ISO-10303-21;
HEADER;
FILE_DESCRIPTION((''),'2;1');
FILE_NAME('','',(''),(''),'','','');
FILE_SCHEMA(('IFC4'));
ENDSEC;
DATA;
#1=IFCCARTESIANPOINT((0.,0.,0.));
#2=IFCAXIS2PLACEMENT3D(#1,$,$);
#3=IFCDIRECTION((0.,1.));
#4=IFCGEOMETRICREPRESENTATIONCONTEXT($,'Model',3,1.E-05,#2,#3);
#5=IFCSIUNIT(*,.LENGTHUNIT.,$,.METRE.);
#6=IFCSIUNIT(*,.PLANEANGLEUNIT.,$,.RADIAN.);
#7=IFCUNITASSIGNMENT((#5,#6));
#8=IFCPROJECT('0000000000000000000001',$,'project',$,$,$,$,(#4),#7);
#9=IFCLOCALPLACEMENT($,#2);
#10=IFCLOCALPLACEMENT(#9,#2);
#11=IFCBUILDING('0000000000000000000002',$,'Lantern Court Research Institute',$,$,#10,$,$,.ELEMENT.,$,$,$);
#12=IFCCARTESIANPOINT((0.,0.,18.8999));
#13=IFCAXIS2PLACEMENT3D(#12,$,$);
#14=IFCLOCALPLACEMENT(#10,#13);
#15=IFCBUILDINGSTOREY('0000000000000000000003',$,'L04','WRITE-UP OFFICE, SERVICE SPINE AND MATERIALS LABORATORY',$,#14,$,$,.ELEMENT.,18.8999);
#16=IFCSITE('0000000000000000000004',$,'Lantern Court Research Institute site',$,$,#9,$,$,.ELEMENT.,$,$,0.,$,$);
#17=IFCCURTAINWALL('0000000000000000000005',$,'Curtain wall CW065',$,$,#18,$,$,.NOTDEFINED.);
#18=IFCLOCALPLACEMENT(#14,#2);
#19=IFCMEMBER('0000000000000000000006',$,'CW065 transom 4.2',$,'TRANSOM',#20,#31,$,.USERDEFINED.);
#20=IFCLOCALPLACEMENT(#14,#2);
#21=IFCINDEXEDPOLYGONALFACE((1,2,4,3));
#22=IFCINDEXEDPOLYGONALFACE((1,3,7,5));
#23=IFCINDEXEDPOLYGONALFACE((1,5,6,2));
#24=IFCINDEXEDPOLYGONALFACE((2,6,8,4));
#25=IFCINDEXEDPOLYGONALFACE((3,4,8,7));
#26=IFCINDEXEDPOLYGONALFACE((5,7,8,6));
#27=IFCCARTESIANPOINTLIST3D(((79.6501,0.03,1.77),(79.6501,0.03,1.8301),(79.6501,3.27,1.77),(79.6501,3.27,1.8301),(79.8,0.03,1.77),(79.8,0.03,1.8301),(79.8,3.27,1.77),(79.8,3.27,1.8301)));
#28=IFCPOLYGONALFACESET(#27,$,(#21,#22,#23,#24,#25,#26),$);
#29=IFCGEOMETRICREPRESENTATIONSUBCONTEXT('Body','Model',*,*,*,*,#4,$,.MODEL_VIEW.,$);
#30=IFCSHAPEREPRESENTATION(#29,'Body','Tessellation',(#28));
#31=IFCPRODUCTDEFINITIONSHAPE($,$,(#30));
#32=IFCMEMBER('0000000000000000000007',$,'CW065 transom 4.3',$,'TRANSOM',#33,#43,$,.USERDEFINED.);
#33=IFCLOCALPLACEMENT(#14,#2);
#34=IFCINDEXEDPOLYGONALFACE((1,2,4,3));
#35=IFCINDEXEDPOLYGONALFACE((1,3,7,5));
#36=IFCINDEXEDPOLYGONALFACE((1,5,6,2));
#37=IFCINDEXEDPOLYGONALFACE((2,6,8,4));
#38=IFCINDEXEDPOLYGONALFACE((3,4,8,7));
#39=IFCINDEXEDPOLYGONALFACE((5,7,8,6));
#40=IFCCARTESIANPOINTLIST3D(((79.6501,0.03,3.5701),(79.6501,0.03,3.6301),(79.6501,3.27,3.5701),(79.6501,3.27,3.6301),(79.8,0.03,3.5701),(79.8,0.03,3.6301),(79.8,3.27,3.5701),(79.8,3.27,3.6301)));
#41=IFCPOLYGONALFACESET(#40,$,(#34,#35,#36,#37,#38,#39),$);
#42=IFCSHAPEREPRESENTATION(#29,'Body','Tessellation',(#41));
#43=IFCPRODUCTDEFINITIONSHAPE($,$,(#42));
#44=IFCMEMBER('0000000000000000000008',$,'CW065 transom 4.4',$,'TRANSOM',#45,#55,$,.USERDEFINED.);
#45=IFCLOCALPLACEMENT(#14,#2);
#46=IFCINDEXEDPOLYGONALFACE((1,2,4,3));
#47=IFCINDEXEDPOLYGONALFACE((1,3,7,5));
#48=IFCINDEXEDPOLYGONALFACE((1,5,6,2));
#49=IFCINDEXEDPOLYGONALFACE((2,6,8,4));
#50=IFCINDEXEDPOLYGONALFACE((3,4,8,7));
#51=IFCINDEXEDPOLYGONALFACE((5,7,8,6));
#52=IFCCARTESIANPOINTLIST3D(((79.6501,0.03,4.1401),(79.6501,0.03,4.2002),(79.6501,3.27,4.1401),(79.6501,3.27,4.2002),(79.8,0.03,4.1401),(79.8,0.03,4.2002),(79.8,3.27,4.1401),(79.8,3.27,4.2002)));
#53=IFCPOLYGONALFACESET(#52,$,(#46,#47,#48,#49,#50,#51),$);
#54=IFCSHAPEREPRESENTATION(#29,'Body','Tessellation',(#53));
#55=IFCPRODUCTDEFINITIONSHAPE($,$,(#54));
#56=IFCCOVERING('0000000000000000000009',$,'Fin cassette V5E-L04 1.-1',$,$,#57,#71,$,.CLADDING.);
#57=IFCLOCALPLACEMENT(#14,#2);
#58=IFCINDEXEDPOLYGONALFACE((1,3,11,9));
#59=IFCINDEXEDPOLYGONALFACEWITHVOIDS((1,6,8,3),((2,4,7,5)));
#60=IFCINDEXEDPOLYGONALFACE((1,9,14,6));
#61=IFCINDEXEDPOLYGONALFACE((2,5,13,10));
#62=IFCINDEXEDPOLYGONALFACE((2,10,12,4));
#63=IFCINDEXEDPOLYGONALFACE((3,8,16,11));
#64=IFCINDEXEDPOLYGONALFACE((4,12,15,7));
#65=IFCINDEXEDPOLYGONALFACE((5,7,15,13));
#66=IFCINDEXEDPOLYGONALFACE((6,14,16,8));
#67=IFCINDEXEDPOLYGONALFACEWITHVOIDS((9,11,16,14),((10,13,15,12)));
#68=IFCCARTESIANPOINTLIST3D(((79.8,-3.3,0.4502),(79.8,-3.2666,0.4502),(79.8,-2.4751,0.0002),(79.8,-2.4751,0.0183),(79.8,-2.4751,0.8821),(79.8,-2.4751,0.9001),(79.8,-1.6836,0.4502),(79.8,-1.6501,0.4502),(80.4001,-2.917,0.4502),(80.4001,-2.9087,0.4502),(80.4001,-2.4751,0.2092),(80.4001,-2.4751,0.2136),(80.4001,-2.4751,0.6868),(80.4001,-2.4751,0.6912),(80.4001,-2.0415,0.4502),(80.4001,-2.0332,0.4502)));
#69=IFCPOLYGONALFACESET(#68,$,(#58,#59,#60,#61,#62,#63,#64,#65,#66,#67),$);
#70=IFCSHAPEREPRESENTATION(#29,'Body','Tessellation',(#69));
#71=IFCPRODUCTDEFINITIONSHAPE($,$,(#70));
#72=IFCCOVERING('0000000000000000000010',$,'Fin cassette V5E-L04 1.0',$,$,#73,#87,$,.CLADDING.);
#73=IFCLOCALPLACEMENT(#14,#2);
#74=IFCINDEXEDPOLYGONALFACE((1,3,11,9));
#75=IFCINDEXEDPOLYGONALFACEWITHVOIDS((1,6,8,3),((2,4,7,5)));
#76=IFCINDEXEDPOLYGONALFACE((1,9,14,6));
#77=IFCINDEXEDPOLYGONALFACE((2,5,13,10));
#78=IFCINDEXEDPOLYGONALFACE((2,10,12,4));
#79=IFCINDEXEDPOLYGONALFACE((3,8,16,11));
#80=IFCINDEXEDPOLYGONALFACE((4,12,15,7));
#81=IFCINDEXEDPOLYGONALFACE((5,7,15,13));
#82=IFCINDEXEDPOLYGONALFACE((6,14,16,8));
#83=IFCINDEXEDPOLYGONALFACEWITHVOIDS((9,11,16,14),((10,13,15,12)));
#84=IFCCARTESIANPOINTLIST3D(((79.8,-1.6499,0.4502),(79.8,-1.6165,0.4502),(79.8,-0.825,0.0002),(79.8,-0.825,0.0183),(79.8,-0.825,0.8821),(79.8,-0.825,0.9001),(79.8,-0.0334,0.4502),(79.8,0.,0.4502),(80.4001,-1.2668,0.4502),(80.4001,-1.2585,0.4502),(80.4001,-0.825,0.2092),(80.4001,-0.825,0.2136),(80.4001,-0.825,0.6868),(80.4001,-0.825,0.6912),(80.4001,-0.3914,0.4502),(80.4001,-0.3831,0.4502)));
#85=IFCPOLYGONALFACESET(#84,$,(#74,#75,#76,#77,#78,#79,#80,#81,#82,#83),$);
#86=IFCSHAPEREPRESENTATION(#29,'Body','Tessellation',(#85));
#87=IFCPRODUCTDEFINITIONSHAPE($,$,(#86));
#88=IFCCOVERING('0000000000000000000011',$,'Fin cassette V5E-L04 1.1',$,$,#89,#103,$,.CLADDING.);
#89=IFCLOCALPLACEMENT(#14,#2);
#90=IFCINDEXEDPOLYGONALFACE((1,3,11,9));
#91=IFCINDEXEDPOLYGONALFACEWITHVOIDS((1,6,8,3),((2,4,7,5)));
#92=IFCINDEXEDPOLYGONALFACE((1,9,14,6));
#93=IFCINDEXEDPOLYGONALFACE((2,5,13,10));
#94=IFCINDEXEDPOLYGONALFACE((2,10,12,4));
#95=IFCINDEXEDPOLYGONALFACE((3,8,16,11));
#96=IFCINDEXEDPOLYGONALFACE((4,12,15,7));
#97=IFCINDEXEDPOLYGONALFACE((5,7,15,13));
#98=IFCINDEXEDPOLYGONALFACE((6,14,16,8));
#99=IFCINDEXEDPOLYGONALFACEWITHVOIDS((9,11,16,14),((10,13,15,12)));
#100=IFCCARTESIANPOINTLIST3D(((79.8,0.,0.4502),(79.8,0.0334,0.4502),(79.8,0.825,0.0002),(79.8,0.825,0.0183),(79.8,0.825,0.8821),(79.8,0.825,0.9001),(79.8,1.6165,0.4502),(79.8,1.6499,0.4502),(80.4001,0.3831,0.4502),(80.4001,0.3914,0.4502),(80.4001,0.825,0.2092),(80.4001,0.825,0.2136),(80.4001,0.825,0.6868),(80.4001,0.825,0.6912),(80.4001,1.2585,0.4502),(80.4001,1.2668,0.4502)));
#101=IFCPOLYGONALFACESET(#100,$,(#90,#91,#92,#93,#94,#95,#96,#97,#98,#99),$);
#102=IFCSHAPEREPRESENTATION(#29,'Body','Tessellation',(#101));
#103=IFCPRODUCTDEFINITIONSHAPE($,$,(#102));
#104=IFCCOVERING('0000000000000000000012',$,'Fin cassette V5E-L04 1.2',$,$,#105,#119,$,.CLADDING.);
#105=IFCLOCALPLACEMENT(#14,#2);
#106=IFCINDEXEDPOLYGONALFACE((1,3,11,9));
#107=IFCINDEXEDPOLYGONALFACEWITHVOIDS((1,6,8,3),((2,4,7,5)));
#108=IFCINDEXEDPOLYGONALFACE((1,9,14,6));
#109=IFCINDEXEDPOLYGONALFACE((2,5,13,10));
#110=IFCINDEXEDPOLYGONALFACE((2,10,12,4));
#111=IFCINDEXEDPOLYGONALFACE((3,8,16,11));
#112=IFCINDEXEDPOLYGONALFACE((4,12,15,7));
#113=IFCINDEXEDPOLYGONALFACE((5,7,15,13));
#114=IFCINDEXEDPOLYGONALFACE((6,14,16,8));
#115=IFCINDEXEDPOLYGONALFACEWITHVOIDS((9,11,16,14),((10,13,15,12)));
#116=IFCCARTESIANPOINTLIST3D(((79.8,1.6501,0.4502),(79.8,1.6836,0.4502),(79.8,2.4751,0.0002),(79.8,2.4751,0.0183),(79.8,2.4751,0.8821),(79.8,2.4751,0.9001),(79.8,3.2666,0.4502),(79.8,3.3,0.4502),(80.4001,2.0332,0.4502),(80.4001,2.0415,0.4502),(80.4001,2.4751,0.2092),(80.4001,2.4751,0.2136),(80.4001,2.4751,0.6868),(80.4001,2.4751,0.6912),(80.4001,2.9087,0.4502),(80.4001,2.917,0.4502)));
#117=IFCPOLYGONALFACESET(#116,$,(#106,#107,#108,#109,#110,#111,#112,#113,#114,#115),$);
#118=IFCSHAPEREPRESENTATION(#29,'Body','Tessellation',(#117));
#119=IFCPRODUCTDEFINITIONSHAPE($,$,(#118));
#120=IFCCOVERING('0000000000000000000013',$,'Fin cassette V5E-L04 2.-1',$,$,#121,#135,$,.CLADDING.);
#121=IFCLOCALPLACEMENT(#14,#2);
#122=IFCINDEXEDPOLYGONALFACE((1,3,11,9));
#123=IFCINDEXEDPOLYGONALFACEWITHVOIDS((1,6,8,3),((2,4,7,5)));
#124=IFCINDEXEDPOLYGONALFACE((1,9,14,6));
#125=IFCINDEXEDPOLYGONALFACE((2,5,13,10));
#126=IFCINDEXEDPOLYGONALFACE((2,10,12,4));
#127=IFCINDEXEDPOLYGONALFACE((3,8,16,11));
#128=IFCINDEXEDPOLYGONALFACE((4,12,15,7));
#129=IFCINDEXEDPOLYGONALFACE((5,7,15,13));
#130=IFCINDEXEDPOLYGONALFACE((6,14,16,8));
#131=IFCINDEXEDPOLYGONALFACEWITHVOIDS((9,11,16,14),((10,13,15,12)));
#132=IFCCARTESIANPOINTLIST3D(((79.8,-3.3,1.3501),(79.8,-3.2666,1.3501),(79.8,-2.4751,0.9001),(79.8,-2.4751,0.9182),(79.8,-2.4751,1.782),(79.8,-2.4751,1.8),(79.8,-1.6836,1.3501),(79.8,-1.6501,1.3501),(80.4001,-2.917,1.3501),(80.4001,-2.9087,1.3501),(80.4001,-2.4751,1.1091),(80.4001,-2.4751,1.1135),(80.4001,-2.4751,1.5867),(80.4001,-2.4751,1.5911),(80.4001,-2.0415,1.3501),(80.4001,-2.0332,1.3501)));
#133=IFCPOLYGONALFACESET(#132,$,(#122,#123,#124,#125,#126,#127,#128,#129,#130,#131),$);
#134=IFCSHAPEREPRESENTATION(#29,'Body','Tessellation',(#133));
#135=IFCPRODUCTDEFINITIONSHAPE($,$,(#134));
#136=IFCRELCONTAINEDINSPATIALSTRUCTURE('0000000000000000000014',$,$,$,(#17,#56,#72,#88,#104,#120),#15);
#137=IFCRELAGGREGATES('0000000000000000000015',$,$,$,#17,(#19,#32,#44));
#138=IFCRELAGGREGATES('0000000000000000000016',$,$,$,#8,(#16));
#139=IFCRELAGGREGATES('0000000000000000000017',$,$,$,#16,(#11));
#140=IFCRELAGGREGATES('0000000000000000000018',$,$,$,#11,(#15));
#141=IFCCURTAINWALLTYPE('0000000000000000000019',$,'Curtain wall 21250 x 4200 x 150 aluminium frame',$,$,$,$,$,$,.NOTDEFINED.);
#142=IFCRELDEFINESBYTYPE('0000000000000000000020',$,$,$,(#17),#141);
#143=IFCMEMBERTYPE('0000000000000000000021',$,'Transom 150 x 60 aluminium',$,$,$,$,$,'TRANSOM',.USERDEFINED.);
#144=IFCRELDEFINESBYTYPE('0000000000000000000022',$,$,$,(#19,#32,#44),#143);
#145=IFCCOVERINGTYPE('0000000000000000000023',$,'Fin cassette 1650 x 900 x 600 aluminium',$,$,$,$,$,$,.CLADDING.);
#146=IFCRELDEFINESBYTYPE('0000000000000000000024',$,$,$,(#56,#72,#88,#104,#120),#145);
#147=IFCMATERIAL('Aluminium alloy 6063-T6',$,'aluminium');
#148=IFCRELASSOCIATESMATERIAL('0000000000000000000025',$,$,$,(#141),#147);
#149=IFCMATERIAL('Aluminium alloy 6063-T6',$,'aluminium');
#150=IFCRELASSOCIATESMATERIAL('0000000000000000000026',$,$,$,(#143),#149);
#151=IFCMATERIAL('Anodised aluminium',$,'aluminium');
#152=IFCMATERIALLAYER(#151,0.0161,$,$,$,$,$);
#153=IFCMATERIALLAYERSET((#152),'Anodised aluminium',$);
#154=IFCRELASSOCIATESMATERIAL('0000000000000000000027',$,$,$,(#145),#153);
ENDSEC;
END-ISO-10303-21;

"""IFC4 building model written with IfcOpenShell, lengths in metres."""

from ifc_helpers import new_model, entity, si_unit, direction, frame, origin, origin_2d, place, context, subcontext, project, spatial, rectangle, extrude, material, layer, layer_set, material_profile, profile_set, type_object, element, aggregate, save


model = new_model("IFC4")

# Units and contexts
model_context = context("Model", 3, precision=1e-05, world=origin(), true_north=direction((0.0, 1.0)))
body_context = subcontext(model_context, "Body", "Model", "MODEL_VIEW")
ifc_project = project(units=[si_unit("LENGTHUNIT", "METRE"), si_unit("PLANEANGLEUNIT", "RADIAN")], contexts=[model_context])

# Site, building, storey
site_placement = place(None, origin())
site = spatial("IfcSite", under=ifc_project, at=site_placement, Name="Lantern Court Research Institute site", CompositionType="ELEMENT", RefElevation=0.0)
building_placement = place(site_placement, origin())
building = spatial("IfcBuilding", under=site, at=building_placement, Name="Lantern Court Research Institute", CompositionType="ELEMENT")
storey_placement = place(building_placement, frame((0.0, 0.0, 18.8999)))
storey = spatial("IfcBuildingStorey", under=building, at=storey_placement, Name="L04", Description="WRITE-UP OFFICE, SERVICE SPINE AND MATERIALS LABORATORY", CompositionType="ELEMENT", Elevation=18.8999)

# Curtain wall, members
ifc_material_1 = material(Name="Aluminium alloy 6063-T6", Category="aluminium")
curtain_wall_type = type_object("IfcCurtainWallType", Name="Curtain wall 21250 x 4200 x 150 aluminium frame", PredefinedType="NOTDEFINED", material=ifc_material_1)
curtain_wall_placement = place(storey_placement, origin())
curtain_wall = element("IfcCurtainWall", 1, at=curtain_wall_placement, inside=storey, type_object=curtain_wall_type, Name="Curtain wall CW065", PredefinedType="NOTDEFINED")
ifc_material_2 = material(Name="Aluminium alloy 6063-T6", Category="aluminium")
ifc_material_profile = material_profile(ifc_material_2, rectangle(XDim=0.1499, YDim=0.0601, at=origin_2d()), Name="Transom 150 x 60")
ifc_profile_set = profile_set([ifc_material_profile], Name="Aluminium alloy 6063-T6")
member_type = type_object("IfcMemberType", Name="Transom 150 x 60 aluminium", ElementType="TRANSOM", PredefinedType="USERDEFINED", material=ifc_profile_set)
member_1_placement = place(storey_placement, frame((79.7251, 3.27, 1.8), z_axis=(0.0, -1.0, 0.0), x_axis=(1.0, 0.0, 0.0)))
member_1 = element("IfcMember", 2, at=member_1_placement, type_object=member_type, Name="CW065 transom 4.2", ObjectType="TRANSOM", PredefinedType="USERDEFINED", context=body_context, shape_type="SweptSolid", body=[
    extrude(rectangle(XDim=0.1499, YDim=0.0601, at=origin_2d()), origin(), (0.0, 0.0, 1.0), 3.24),
])
member_2_placement = place(storey_placement, frame((79.7251, 3.27, 3.6001), z_axis=(0.0, -1.0, 0.0), x_axis=(1.0, 0.0, 0.0)))
member_2 = element("IfcMember", 3, at=member_2_placement, type_object=member_type, Name="CW065 transom 4.3", ObjectType="TRANSOM", PredefinedType="USERDEFINED", context=body_context, shape_type="SweptSolid", body=[
    extrude(rectangle(XDim=0.1499, YDim=0.0601, at=origin_2d()), origin(), (0.0, 0.0, 1.0), 3.24),
])
member_3_placement = place(storey_placement, frame((79.7251, 3.27, 4.1702), z_axis=(0.0, -1.0, 0.0), x_axis=(1.0, 0.0, 0.0)))
member_3 = element("IfcMember", 4, at=member_3_placement, type_object=member_type, Name="CW065 transom 4.4", ObjectType="TRANSOM", PredefinedType="USERDEFINED", context=body_context, shape_type="SweptSolid", body=[
    extrude(rectangle(XDim=0.1499, YDim=0.0601, at=origin_2d()), origin(), (0.0, 0.0, 1.0), 3.24),
])
aggregate(curtain_wall, [member_1, member_2, member_3])

# Coverings
ifc_material_3 = material(Name="Anodised aluminium", Category="aluminium")
ifc_layer = layer(ifc_material_3, 0.0161)
ifc_layer_set = layer_set([ifc_layer], Name="Anodised aluminium")
covering_type = type_object("IfcCoveringType", Name="Fin cassette 1650 x 900 x 600 aluminium", PredefinedType="CLADDING", material=ifc_layer_set)
covering_1_placement = place(storey_placement, frame((79.8, -2.4751, 0.4502), z_axis=(1.0, 0.0, 0.0), x_axis=(0.0, 1.0, 0.0)))
cartesian_point_1 = entity("IfcCartesianPoint", [0.825, 0.0])
cartesian_point_2 = entity("IfcCartesianPoint", [0.7915, 0.0])
cartesian_point_3 = entity("IfcCartesianPoint", [0.4419, 0.0])
cartesian_point_4 = entity("IfcCartesianPoint", [0.4336, 0.0])
element("IfcCovering", 5, at=covering_1_placement, inside=storey, type_object=covering_type, Name="Fin cassette V5E-L04 1.-1", PredefinedType="CLADDING", context=body_context, shape_type="SweptSolid", body=[
    entity("IfcExtrudedAreaSolidTapered", entity("IfcArbitraryProfileDefWithVoids", "AREA", None, entity("IfcPolyline", [cartesian_point_1, entity("IfcCartesianPoint", [0.0, 0.45]), entity("IfcCartesianPoint", [-0.825, 0.0]), entity("IfcCartesianPoint", [0.0, -0.45]), cartesian_point_1]), [entity("IfcPolyline", [cartesian_point_2, entity("IfcCartesianPoint", [0.0, 0.4319]), entity("IfcCartesianPoint", [-0.7915, 0.0]), entity("IfcCartesianPoint", [0.0, -0.4319]), cartesian_point_2])]), entity("IfcAxis2Placement3D", entity("IfcCartesianPoint", [0.0, 0.0, 0.0])), entity("IfcDirection", [0.0, 0.0, 1.0]), 0.6001, entity("IfcArbitraryProfileDefWithVoids", "AREA", None, entity("IfcPolyline", [cartesian_point_3, entity("IfcCartesianPoint", [0.0, 0.241]), entity("IfcCartesianPoint", [-0.4419, 0.0]), entity("IfcCartesianPoint", [0.0, -0.241]), cartesian_point_3]), [entity("IfcPolyline", [cartesian_point_4, entity("IfcCartesianPoint", [0.0, 0.2366]), entity("IfcCartesianPoint", [-0.4336, 0.0]), entity("IfcCartesianPoint", [0.0, -0.2366]), cartesian_point_4])])),
])
covering_2_placement = place(storey_placement, frame((79.8, -0.825, 0.4502), z_axis=(1.0, 0.0, 0.0), x_axis=(0.0, 1.0, 0.0)))
cartesian_point_5 = entity("IfcCartesianPoint", [0.825, 0.0])
cartesian_point_6 = entity("IfcCartesianPoint", [0.7915, 0.0])
cartesian_point_7 = entity("IfcCartesianPoint", [0.4419, 0.0])
cartesian_point_8 = entity("IfcCartesianPoint", [0.4336, 0.0])
element("IfcCovering", 6, at=covering_2_placement, inside=storey, type_object=covering_type, Name="Fin cassette V5E-L04 1.0", PredefinedType="CLADDING", context=body_context, shape_type="SweptSolid", body=[
    entity("IfcExtrudedAreaSolidTapered", entity("IfcArbitraryProfileDefWithVoids", "AREA", None, entity("IfcPolyline", [cartesian_point_5, entity("IfcCartesianPoint", [0.0, 0.45]), entity("IfcCartesianPoint", [-0.825, 0.0]), entity("IfcCartesianPoint", [0.0, -0.45]), cartesian_point_5]), [entity("IfcPolyline", [cartesian_point_6, entity("IfcCartesianPoint", [0.0, 0.4319]), entity("IfcCartesianPoint", [-0.7915, 0.0]), entity("IfcCartesianPoint", [0.0, -0.4319]), cartesian_point_6])]), entity("IfcAxis2Placement3D", entity("IfcCartesianPoint", [0.0, 0.0, 0.0])), entity("IfcDirection", [0.0, 0.0, 1.0]), 0.6001, entity("IfcArbitraryProfileDefWithVoids", "AREA", None, entity("IfcPolyline", [cartesian_point_7, entity("IfcCartesianPoint", [0.0, 0.241]), entity("IfcCartesianPoint", [-0.4419, 0.0]), entity("IfcCartesianPoint", [0.0, -0.241]), cartesian_point_7]), [entity("IfcPolyline", [cartesian_point_8, entity("IfcCartesianPoint", [0.0, 0.2366]), entity("IfcCartesianPoint", [-0.4336, 0.0]), entity("IfcCartesianPoint", [0.0, -0.2366]), cartesian_point_8])])),
])
covering_3_placement = place(storey_placement, frame((79.8, 0.825, 0.4502), z_axis=(1.0, 0.0, 0.0), x_axis=(0.0, 1.0, 0.0)))
cartesian_point_9 = entity("IfcCartesianPoint", [0.825, 0.0])
cartesian_point_10 = entity("IfcCartesianPoint", [0.7915, 0.0])
cartesian_point_11 = entity("IfcCartesianPoint", [0.4419, 0.0])
cartesian_point_12 = entity("IfcCartesianPoint", [0.4336, 0.0])
element("IfcCovering", 7, at=covering_3_placement, inside=storey, type_object=covering_type, Name="Fin cassette V5E-L04 1.1", PredefinedType="CLADDING", context=body_context, shape_type="SweptSolid", body=[
    entity("IfcExtrudedAreaSolidTapered", entity("IfcArbitraryProfileDefWithVoids", "AREA", None, entity("IfcPolyline", [cartesian_point_9, entity("IfcCartesianPoint", [0.0, 0.45]), entity("IfcCartesianPoint", [-0.825, 0.0]), entity("IfcCartesianPoint", [0.0, -0.45]), cartesian_point_9]), [entity("IfcPolyline", [cartesian_point_10, entity("IfcCartesianPoint", [0.0, 0.4319]), entity("IfcCartesianPoint", [-0.7915, 0.0]), entity("IfcCartesianPoint", [0.0, -0.4319]), cartesian_point_10])]), entity("IfcAxis2Placement3D", entity("IfcCartesianPoint", [0.0, 0.0, 0.0])), entity("IfcDirection", [0.0, 0.0, 1.0]), 0.6001, entity("IfcArbitraryProfileDefWithVoids", "AREA", None, entity("IfcPolyline", [cartesian_point_11, entity("IfcCartesianPoint", [0.0, 0.241]), entity("IfcCartesianPoint", [-0.4419, 0.0]), entity("IfcCartesianPoint", [0.0, -0.241]), cartesian_point_11]), [entity("IfcPolyline", [cartesian_point_12, entity("IfcCartesianPoint", [0.0, 0.2366]), entity("IfcCartesianPoint", [-0.4336, 0.0]), entity("IfcCartesianPoint", [0.0, -0.2366]), cartesian_point_12])])),
])
covering_4_placement = place(storey_placement, frame((79.8, 2.4751, 0.4502), z_axis=(1.0, 0.0, 0.0), x_axis=(0.0, 1.0, 0.0)))
cartesian_point_13 = entity("IfcCartesianPoint", [0.825, 0.0])
cartesian_point_14 = entity("IfcCartesianPoint", [0.7915, 0.0])
cartesian_point_15 = entity("IfcCartesianPoint", [0.4419, 0.0])
cartesian_point_16 = entity("IfcCartesianPoint", [0.4336, 0.0])
element("IfcCovering", 8, at=covering_4_placement, inside=storey, type_object=covering_type, Name="Fin cassette V5E-L04 1.2", PredefinedType="CLADDING", context=body_context, shape_type="SweptSolid", body=[
    entity("IfcExtrudedAreaSolidTapered", entity("IfcArbitraryProfileDefWithVoids", "AREA", None, entity("IfcPolyline", [cartesian_point_13, entity("IfcCartesianPoint", [0.0, 0.45]), entity("IfcCartesianPoint", [-0.825, 0.0]), entity("IfcCartesianPoint", [0.0, -0.45]), cartesian_point_13]), [entity("IfcPolyline", [cartesian_point_14, entity("IfcCartesianPoint", [0.0, 0.4319]), entity("IfcCartesianPoint", [-0.7915, 0.0]), entity("IfcCartesianPoint", [0.0, -0.4319]), cartesian_point_14])]), entity("IfcAxis2Placement3D", entity("IfcCartesianPoint", [0.0, 0.0, 0.0])), entity("IfcDirection", [0.0, 0.0, 1.0]), 0.6001, entity("IfcArbitraryProfileDefWithVoids", "AREA", None, entity("IfcPolyline", [cartesian_point_15, entity("IfcCartesianPoint", [0.0, 0.241]), entity("IfcCartesianPoint", [-0.4419, 0.0]), entity("IfcCartesianPoint", [0.0, -0.241]), cartesian_point_15]), [entity("IfcPolyline", [cartesian_point_16, entity("IfcCartesianPoint", [0.0, 0.2366]), entity("IfcCartesianPoint", [-0.4336, 0.0]), entity("IfcCartesianPoint", [0.0, -0.2366]), cartesian_point_16])])),
])
covering_5_placement = place(storey_placement, frame((79.8, -2.4751, 1.3501), z_axis=(1.0, 0.0, 0.0), x_axis=(0.0, 1.0, 0.0)))
cartesian_point_17 = entity("IfcCartesianPoint", [0.825, 0.0])
cartesian_point_18 = entity("IfcCartesianPoint", [0.7915, 0.0])
cartesian_point_19 = entity("IfcCartesianPoint", [0.4419, 0.0])
cartesian_point_20 = entity("IfcCartesianPoint", [0.4336, 0.0])
element("IfcCovering", 9, at=covering_5_placement, inside=storey, type_object=covering_type, Name="Fin cassette V5E-L04 2.-1", PredefinedType="CLADDING", context=body_context, shape_type="SweptSolid", body=[
    entity("IfcExtrudedAreaSolidTapered", entity("IfcArbitraryProfileDefWithVoids", "AREA", None, entity("IfcPolyline", [cartesian_point_17, entity("IfcCartesianPoint", [0.0, 0.45]), entity("IfcCartesianPoint", [-0.825, 0.0]), entity("IfcCartesianPoint", [0.0, -0.45]), cartesian_point_17]), [entity("IfcPolyline", [cartesian_point_18, entity("IfcCartesianPoint", [0.0, 0.4319]), entity("IfcCartesianPoint", [-0.7915, 0.0]), entity("IfcCartesianPoint", [0.0, -0.4319]), cartesian_point_18])]), entity("IfcAxis2Placement3D", entity("IfcCartesianPoint", [0.0, 0.0, 0.0])), entity("IfcDirection", [0.0, 0.0, 1.0]), 0.6001, entity("IfcArbitraryProfileDefWithVoids", "AREA", None, entity("IfcPolyline", [cartesian_point_19, entity("IfcCartesianPoint", [0.0, 0.241]), entity("IfcCartesianPoint", [-0.4419, 0.0]), entity("IfcCartesianPoint", [0.0, -0.241]), cartesian_point_19]), [entity("IfcPolyline", [cartesian_point_20, entity("IfcCartesianPoint", [0.0, 0.2366]), entity("IfcCartesianPoint", [-0.4336, 0.0]), entity("IfcCartesianPoint", [0.0, -0.2366]), cartesian_point_20])])),
])

save(model, "model.ifc")
